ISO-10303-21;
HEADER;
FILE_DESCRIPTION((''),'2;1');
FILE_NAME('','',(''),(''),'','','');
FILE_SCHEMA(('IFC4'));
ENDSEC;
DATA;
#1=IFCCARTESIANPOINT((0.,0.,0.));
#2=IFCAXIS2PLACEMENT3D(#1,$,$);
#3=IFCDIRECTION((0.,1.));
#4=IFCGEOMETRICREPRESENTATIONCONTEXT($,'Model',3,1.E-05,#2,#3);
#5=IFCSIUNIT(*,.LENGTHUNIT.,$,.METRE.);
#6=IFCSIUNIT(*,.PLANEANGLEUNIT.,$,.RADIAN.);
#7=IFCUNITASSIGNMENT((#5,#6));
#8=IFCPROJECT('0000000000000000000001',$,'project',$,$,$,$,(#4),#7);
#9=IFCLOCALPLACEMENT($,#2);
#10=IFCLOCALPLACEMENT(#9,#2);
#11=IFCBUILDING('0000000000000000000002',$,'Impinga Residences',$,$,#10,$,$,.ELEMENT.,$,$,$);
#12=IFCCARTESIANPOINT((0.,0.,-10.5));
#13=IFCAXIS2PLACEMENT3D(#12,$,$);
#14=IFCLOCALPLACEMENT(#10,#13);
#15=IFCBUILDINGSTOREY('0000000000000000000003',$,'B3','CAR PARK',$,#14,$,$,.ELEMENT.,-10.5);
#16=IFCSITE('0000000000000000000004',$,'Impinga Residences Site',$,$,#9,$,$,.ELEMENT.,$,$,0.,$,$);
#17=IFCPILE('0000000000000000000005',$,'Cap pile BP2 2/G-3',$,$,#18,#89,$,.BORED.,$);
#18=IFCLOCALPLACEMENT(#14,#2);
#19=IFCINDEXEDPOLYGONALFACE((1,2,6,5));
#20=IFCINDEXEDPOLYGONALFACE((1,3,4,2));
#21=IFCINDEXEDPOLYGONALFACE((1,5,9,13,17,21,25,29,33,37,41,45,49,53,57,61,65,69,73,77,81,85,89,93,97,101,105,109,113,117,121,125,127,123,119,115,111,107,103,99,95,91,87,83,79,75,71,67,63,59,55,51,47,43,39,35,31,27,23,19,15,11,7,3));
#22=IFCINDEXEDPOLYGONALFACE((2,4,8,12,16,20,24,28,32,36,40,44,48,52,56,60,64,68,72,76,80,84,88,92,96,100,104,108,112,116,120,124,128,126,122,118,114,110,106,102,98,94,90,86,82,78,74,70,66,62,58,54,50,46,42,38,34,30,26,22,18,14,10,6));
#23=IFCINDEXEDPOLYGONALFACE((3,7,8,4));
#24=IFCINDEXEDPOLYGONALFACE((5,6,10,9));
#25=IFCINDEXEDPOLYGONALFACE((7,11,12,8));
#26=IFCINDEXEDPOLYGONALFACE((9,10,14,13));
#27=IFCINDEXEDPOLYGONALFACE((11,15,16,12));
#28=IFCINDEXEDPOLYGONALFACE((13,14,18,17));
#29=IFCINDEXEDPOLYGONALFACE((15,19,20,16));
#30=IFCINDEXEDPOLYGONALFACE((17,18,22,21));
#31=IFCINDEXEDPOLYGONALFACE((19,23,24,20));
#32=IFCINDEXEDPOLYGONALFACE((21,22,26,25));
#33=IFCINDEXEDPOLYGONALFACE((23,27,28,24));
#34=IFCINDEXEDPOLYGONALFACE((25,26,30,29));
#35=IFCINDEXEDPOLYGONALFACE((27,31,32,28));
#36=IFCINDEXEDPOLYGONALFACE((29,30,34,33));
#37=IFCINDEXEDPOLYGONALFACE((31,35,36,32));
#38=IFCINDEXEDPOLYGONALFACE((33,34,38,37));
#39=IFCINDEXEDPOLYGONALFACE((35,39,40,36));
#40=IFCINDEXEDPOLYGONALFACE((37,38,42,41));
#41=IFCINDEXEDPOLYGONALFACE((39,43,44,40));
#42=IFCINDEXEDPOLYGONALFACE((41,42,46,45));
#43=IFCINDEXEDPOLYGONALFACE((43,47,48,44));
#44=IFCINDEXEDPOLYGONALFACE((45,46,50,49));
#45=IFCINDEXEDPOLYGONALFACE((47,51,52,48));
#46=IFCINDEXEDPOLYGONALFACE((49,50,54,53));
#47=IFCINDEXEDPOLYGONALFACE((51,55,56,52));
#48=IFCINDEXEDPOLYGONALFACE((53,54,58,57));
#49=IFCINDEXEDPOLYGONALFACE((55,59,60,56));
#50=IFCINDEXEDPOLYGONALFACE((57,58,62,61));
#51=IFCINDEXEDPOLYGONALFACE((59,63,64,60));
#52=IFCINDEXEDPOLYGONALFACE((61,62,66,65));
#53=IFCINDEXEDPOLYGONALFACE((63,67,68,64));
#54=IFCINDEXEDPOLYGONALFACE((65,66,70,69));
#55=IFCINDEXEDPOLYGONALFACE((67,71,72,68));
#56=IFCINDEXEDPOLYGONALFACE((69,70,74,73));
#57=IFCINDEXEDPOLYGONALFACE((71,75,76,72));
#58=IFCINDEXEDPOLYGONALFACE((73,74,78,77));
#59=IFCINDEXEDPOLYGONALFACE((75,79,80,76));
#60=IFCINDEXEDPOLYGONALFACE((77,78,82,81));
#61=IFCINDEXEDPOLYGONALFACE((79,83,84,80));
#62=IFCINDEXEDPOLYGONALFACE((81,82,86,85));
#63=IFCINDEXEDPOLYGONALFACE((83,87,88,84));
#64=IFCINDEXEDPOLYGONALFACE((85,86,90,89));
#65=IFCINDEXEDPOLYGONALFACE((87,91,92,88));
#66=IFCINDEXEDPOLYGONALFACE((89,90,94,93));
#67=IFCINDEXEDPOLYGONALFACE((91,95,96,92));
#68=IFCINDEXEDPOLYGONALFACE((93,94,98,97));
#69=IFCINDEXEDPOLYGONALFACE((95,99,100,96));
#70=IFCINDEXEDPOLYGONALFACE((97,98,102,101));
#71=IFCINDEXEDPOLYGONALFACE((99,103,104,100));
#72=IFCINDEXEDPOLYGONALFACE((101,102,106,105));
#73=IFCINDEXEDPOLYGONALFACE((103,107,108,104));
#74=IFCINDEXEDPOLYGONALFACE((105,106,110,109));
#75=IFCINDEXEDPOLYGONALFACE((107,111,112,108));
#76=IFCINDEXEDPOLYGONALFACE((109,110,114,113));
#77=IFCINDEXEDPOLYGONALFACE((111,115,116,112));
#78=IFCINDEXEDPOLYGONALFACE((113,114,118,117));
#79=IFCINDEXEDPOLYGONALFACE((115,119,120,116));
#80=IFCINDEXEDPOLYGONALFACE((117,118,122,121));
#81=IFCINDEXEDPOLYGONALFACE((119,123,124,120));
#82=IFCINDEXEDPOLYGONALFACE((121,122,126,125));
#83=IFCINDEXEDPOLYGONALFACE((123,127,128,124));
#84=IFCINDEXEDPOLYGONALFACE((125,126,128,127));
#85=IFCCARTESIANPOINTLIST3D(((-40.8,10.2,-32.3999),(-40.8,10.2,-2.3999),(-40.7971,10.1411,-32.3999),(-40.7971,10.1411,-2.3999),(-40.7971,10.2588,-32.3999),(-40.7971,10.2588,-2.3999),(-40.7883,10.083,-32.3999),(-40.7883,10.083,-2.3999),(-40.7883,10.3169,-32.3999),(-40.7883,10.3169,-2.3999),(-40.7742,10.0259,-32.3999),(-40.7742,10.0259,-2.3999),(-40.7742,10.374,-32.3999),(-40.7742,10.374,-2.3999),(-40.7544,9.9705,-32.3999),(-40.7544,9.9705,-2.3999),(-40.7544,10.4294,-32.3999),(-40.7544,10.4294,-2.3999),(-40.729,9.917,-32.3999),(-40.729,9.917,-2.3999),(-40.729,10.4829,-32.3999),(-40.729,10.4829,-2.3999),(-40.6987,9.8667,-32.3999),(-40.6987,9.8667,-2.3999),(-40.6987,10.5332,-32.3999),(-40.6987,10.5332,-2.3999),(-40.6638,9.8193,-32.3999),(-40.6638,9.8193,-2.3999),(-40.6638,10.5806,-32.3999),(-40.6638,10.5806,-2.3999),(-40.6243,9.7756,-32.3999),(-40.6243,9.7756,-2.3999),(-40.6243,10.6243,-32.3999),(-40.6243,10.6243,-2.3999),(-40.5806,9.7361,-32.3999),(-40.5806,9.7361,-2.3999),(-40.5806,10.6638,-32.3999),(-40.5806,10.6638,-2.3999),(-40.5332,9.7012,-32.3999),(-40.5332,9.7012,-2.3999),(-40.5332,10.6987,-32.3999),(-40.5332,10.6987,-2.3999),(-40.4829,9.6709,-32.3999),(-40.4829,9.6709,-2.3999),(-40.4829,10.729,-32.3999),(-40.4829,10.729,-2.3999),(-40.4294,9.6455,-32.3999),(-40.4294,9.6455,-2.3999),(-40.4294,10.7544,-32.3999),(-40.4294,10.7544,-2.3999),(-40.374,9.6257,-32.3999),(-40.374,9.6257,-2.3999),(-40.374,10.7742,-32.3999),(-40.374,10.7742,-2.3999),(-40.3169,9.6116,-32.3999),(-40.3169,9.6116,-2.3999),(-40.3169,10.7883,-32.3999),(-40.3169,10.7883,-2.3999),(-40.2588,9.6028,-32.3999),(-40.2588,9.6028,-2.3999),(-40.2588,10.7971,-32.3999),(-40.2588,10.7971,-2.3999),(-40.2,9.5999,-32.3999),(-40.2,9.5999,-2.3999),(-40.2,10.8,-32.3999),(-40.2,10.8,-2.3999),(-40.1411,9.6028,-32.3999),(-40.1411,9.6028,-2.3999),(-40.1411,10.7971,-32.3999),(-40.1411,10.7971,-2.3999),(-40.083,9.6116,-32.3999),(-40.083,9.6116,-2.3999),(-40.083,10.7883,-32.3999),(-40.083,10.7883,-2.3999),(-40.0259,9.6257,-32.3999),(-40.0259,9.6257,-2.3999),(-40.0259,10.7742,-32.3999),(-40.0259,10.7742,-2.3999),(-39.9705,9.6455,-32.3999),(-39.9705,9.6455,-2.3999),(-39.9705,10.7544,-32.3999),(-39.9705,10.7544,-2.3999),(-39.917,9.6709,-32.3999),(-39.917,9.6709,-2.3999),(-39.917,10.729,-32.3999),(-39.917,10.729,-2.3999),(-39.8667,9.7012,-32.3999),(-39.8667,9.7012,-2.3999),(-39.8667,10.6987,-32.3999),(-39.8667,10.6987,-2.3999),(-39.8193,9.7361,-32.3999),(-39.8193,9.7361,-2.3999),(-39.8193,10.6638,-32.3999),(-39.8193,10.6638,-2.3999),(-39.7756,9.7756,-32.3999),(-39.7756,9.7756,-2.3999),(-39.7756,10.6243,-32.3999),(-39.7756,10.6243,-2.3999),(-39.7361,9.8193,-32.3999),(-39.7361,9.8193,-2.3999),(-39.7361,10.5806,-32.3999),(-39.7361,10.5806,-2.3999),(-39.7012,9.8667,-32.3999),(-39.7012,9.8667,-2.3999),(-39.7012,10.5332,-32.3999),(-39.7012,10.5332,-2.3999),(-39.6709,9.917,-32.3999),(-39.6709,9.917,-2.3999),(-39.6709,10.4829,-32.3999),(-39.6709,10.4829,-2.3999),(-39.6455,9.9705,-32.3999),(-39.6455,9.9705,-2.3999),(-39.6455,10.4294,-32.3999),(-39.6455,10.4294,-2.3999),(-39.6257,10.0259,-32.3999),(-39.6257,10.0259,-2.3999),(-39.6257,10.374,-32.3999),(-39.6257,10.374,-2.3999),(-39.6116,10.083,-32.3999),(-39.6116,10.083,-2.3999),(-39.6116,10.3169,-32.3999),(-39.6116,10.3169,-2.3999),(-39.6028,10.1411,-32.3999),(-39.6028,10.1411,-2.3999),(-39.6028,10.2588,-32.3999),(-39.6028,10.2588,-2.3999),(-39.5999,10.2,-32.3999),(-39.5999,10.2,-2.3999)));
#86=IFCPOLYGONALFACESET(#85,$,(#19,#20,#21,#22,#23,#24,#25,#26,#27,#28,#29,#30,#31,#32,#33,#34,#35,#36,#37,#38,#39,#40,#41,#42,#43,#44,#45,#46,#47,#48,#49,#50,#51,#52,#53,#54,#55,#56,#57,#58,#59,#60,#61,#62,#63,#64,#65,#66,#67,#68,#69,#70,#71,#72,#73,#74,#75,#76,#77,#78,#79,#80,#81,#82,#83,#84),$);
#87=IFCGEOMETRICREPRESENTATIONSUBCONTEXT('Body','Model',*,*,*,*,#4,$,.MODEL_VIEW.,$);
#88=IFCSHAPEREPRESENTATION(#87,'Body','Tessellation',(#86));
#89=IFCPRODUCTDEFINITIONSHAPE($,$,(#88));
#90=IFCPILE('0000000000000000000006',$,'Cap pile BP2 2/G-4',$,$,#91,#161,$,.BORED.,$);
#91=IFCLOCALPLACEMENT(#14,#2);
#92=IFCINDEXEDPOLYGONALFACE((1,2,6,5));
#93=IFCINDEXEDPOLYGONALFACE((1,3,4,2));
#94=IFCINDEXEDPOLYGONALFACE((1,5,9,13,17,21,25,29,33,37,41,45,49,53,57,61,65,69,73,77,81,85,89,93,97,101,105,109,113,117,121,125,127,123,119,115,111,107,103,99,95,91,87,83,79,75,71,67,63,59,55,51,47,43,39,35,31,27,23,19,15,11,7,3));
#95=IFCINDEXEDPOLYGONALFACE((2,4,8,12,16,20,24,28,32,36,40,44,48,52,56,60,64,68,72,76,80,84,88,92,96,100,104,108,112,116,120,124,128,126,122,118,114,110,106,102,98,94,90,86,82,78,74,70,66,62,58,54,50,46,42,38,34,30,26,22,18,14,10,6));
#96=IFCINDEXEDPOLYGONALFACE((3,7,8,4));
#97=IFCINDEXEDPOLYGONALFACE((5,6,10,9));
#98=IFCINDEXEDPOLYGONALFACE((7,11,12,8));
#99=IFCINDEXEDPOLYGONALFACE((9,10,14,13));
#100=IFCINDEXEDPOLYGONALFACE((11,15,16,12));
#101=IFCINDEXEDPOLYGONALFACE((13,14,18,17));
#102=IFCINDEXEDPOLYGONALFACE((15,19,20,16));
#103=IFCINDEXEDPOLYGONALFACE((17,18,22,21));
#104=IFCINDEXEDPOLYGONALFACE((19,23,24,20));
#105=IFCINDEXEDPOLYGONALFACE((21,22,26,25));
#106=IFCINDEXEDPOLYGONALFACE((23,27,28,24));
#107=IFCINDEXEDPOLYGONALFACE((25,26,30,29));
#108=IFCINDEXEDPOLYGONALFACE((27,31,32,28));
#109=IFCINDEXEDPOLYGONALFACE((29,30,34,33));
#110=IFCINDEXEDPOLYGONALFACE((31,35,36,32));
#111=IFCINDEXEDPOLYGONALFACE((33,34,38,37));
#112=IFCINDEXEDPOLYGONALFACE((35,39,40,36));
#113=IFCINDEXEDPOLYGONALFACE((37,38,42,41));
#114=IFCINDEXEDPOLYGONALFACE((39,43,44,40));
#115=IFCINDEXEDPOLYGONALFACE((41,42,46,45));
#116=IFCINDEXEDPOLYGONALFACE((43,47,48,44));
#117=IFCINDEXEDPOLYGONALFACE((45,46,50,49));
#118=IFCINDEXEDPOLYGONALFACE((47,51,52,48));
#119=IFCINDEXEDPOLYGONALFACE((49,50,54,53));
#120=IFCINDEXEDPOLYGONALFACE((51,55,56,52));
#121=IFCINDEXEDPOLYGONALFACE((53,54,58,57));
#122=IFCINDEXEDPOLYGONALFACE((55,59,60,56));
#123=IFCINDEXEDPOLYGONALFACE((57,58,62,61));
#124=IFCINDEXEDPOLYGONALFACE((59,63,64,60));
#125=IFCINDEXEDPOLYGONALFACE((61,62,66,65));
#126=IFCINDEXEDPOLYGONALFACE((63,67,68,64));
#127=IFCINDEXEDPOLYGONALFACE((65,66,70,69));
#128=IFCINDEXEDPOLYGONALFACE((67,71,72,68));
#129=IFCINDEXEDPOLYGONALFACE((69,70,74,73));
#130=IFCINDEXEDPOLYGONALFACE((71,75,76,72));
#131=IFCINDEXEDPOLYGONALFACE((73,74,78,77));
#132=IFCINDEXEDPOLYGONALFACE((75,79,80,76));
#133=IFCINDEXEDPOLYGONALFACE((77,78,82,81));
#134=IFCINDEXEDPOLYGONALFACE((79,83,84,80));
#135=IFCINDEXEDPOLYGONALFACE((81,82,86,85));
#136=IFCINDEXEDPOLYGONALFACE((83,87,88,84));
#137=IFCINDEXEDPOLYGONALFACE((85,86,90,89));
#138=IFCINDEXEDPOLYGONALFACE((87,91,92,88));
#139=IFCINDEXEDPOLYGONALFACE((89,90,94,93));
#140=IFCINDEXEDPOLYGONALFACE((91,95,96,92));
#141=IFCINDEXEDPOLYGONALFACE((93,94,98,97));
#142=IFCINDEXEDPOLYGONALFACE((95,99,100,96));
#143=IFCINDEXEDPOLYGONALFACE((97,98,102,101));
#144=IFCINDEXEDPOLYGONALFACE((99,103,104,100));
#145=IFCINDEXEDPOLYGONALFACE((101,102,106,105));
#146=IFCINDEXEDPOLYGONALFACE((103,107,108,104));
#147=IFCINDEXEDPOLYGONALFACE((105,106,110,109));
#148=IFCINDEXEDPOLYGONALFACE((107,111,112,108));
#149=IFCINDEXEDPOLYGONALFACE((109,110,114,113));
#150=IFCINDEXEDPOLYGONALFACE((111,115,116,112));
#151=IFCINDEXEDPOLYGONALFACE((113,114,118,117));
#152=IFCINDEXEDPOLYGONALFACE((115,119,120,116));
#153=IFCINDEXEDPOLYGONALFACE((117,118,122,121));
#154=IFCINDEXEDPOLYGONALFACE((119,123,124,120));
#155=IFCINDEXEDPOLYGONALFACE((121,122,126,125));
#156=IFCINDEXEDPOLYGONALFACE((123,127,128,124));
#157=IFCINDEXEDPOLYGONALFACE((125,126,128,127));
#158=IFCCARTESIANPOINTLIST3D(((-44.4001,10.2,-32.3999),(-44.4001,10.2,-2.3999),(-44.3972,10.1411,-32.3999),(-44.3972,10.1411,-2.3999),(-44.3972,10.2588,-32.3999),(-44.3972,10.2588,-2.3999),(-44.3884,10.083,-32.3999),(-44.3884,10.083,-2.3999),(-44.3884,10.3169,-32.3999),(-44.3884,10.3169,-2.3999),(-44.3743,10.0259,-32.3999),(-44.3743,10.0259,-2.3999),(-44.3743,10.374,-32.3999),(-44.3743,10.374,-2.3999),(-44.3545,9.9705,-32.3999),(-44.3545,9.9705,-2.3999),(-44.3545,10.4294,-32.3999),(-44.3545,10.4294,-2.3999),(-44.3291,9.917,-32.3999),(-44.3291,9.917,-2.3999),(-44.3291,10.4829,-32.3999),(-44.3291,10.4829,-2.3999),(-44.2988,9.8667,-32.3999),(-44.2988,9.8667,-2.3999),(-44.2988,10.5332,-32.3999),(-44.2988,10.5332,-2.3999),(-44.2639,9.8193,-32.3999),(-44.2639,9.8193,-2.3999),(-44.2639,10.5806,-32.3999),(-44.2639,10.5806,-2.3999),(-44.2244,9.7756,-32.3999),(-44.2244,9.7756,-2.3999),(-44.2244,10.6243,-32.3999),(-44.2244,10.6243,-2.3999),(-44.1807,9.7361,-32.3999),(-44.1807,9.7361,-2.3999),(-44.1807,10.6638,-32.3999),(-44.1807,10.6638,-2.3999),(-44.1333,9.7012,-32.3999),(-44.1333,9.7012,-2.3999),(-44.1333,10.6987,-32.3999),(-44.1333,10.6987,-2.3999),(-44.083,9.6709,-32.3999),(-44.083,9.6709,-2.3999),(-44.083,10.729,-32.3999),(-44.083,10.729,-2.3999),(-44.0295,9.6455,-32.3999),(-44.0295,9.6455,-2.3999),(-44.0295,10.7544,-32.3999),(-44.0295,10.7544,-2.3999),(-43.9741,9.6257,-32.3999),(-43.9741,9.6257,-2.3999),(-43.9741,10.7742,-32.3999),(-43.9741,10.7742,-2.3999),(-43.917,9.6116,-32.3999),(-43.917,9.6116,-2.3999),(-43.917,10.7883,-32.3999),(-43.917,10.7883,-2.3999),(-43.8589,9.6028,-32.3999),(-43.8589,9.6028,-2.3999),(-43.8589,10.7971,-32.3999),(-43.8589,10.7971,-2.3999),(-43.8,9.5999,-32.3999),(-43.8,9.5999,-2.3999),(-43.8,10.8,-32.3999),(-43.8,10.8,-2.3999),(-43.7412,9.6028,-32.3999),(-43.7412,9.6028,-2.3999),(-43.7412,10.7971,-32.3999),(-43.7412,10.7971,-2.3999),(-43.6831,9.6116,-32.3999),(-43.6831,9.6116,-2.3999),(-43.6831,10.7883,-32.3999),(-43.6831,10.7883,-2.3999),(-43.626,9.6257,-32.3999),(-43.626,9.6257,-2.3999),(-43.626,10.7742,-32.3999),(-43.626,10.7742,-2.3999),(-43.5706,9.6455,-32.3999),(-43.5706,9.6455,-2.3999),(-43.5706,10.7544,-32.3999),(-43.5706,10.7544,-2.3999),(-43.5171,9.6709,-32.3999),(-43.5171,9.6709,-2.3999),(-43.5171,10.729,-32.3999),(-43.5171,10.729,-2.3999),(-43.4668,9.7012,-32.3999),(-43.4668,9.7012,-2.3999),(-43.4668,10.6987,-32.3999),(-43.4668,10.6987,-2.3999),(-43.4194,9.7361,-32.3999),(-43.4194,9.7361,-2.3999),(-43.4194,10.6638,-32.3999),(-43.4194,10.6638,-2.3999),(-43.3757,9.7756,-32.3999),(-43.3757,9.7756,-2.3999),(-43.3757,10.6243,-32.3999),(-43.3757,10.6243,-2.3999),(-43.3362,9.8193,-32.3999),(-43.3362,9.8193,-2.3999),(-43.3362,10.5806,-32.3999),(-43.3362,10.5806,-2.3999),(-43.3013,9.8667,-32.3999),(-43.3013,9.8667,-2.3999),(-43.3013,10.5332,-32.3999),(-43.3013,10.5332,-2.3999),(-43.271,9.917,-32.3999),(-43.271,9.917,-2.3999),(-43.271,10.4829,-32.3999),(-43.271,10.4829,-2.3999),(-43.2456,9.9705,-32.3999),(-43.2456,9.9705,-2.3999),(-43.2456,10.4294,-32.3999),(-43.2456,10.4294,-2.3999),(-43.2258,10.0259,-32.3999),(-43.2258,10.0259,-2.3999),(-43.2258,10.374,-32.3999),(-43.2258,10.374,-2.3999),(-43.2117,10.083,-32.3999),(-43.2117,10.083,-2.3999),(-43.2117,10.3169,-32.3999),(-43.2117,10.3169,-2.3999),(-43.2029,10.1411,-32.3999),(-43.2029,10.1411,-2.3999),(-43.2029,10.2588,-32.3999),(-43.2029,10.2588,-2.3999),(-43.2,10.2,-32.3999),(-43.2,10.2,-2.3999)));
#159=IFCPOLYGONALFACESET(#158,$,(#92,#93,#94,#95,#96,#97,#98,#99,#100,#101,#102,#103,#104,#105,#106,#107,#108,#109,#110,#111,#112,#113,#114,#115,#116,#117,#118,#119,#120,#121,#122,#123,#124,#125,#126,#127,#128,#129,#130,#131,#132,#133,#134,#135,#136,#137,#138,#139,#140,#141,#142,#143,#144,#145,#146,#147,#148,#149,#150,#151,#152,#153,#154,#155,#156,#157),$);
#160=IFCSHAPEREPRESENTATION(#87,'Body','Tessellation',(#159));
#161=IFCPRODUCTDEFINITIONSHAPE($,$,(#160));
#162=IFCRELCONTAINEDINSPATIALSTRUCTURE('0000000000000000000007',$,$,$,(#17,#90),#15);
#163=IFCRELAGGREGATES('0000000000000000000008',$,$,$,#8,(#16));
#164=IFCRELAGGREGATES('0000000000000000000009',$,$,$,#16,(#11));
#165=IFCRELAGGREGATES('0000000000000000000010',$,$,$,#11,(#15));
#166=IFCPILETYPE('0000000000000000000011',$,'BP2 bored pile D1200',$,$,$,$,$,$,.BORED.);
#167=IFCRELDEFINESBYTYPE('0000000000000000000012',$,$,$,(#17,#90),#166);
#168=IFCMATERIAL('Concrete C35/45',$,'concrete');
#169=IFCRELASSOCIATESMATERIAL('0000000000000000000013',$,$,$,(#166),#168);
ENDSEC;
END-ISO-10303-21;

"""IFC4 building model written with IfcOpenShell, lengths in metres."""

from ifc_helpers import new_model, si_unit, direction, frame, origin, origin_2d, place, context, subcontext, project, spatial, polyline, circle, outline, extrude, material, material_profile, profile_set, type_object, element, save


model = new_model("IFC4")

# Units and contexts
model_context = context("Model", 3, precision=1e-05, world=origin(), true_north=direction((0.0, 1.0)))
body_context = subcontext(model_context, "Body", "Model", "MODEL_VIEW")
ifc_project = project(units=[si_unit("LENGTHUNIT", "METRE"), si_unit("PLANEANGLEUNIT", "RADIAN")], contexts=[model_context])

# Site, building, storey
site_placement = place(None, origin())
site = spatial("IfcSite", under=ifc_project, at=site_placement, Name="Impinga Residences Site", CompositionType="ELEMENT", RefElevation=0.0)
building_placement = place(site_placement, origin())
building = spatial("IfcBuilding", under=site, at=building_placement, Name="Impinga Residences", CompositionType="ELEMENT")
storey_placement = place(building_placement, frame((0.0, 0.0, -10.5)))
storey = spatial("IfcBuildingStorey", under=building, at=storey_placement, Name="B3", Description="CAR PARK", CompositionType="ELEMENT", Elevation=-10.5)

# Piles
ifc_material_1 = material(Name="Concrete C35/45", Category="concrete")
ifc_material_profile_1 = material_profile(ifc_material_1, circle(Radius=0.6001, at=origin_2d()), Name="D1200")
ifc_profile_set_1 = profile_set([ifc_material_profile_1], Name="Concrete C35/45")
pile_type = type_object("IfcPileType", Name="BP2 bored pile D1200", PredefinedType="BORED", material=ifc_profile_set_1)
pile_1_placement = place(storey_placement, frame((-40.2, 10.2, -2.3999), z_axis=(0.0, 0.0, -1.0), x_axis=(1.0, 0.0, 0.0)))
element("IfcPile", 1, at=pile_1_placement, inside=storey, type_object=pile_type, Name="Cap pile BP2 2/G-3", PredefinedType="BORED", context=body_context, shape_type="SweptSolid", body=[
    extrude(outline(polyline([(0.6001, 0.0), (0.5972, 0.0588), (0.5884, 0.1169), (0.5742, 0.1741), (0.5544, 0.2295), (0.5291, 0.283), (0.4988, 0.3333), (0.4639, 0.3806), (0.4243, 0.4243), (0.3806, 0.4639), (0.3333, 0.4988), (0.283, 0.5291), (0.2295, 0.5544), (0.1741, 0.5742), (0.1169, 0.5884), (0.0588, 0.5972), (0.0, 0.6001), (-0.0588, 0.5972), (-0.1169, 0.5884), (-0.1741, 0.5742), (-0.2295, 0.5544), (-0.283, 0.5291), (-0.3333, 0.4988), (-0.3806, 0.4639), (-0.4243, 0.4243), (-0.4639, 0.3806), (-0.4988, 0.3333), (-0.5291, 0.283), (-0.5544, 0.2295), (-0.5742, 0.1741), (-0.5884, 0.1169), (-0.5972, 0.0588), (-0.6001, 0.0), (-0.5972, -0.0588), (-0.5884, -0.1169), (-0.5742, -0.1741), (-0.5544, -0.2295), (-0.5291, -0.283), (-0.4988, -0.3333), (-0.4639, -0.3806), (-0.4243, -0.4243), (-0.3806, -0.4639), (-0.3333, -0.4988), (-0.283, -0.5291), (-0.2295, -0.5544), (-0.1741, -0.5742), (-0.1169, -0.5884), (-0.0588, -0.5972), (0.0, -0.6001), (0.0588, -0.5972), (0.1169, -0.5884), (0.1741, -0.5742), (0.2295, -0.5544), (0.283, -0.5291), (0.3333, -0.4988), (0.3806, -0.4639), (0.4243, -0.4243), (0.4639, -0.3806), (0.4988, -0.3333), (0.5291, -0.283), (0.5544, -0.2295), (0.5742, -0.1741), (0.5884, -0.1169), (0.5972, -0.0588), (0.6001, 0.0)])), origin(), (0.0, 0.0, 1.0), 30.0),
])
pile_2_placement = place(storey_placement, frame((-43.8, 10.2, -2.3999), z_axis=(0.0, 0.0, -1.0), x_axis=(1.0, 0.0, 0.0)))
element("IfcPile", 2, at=pile_2_placement, inside=storey, type_object=pile_type, Name="Cap pile BP2 2/G-4", PredefinedType="BORED", context=body_context, shape_type="SweptSolid", body=[
    extrude(outline(polyline([(0.6001, 0.0), (0.5972, 0.0588), (0.5884, 0.1169), (0.5742, 0.1741), (0.5544, 0.2295), (0.5291, 0.283), (0.4988, 0.3333), (0.4639, 0.3806), (0.4243, 0.4243), (0.3806, 0.4639), (0.3333, 0.4988), (0.283, 0.5291), (0.2295, 0.5544), (0.1741, 0.5742), (0.1169, 0.5884), (0.0588, 0.5972), (0.0, 0.6001), (-0.0588, 0.5972), (-0.1169, 0.5884), (-0.1741, 0.5742), (-0.2295, 0.5544), (-0.283, 0.5291), (-0.3333, 0.4988), (-0.3806, 0.4639), (-0.4243, 0.4243), (-0.4639, 0.3806), (-0.4988, 0.3333), (-0.5291, 0.283), (-0.5544, 0.2295), (-0.5742, 0.1741), (-0.5884, 0.1169), (-0.5972, 0.0588), (-0.6001, 0.0), (-0.5972, -0.0588), (-0.5884, -0.1169), (-0.5742, -0.1741), (-0.5544, -0.2295), (-0.5291, -0.283), (-0.4988, -0.3333), (-0.4639, -0.3806), (-0.4243, -0.4243), (-0.3806, -0.4639), (-0.3333, -0.4988), (-0.283, -0.5291), (-0.2295, -0.5544), (-0.1741, -0.5742), (-0.1169, -0.5884), (-0.0588, -0.5972), (0.0, -0.6001), (0.0588, -0.5972), (0.1169, -0.5884), (0.1741, -0.5742), (0.2295, -0.5544), (0.283, -0.5291), (0.3333, -0.4988), (0.3806, -0.4639), (0.4243, -0.4243), (0.4639, -0.3806), (0.4988, -0.3333), (0.5291, -0.283), (0.5544, -0.2295), (0.5742, -0.1741), (0.5884, -0.1169), (0.5972, -0.0588), (0.6001, 0.0)])), origin(), (0.0, 0.0, 1.0), 30.0),
])

save(model, "model.ifc")
